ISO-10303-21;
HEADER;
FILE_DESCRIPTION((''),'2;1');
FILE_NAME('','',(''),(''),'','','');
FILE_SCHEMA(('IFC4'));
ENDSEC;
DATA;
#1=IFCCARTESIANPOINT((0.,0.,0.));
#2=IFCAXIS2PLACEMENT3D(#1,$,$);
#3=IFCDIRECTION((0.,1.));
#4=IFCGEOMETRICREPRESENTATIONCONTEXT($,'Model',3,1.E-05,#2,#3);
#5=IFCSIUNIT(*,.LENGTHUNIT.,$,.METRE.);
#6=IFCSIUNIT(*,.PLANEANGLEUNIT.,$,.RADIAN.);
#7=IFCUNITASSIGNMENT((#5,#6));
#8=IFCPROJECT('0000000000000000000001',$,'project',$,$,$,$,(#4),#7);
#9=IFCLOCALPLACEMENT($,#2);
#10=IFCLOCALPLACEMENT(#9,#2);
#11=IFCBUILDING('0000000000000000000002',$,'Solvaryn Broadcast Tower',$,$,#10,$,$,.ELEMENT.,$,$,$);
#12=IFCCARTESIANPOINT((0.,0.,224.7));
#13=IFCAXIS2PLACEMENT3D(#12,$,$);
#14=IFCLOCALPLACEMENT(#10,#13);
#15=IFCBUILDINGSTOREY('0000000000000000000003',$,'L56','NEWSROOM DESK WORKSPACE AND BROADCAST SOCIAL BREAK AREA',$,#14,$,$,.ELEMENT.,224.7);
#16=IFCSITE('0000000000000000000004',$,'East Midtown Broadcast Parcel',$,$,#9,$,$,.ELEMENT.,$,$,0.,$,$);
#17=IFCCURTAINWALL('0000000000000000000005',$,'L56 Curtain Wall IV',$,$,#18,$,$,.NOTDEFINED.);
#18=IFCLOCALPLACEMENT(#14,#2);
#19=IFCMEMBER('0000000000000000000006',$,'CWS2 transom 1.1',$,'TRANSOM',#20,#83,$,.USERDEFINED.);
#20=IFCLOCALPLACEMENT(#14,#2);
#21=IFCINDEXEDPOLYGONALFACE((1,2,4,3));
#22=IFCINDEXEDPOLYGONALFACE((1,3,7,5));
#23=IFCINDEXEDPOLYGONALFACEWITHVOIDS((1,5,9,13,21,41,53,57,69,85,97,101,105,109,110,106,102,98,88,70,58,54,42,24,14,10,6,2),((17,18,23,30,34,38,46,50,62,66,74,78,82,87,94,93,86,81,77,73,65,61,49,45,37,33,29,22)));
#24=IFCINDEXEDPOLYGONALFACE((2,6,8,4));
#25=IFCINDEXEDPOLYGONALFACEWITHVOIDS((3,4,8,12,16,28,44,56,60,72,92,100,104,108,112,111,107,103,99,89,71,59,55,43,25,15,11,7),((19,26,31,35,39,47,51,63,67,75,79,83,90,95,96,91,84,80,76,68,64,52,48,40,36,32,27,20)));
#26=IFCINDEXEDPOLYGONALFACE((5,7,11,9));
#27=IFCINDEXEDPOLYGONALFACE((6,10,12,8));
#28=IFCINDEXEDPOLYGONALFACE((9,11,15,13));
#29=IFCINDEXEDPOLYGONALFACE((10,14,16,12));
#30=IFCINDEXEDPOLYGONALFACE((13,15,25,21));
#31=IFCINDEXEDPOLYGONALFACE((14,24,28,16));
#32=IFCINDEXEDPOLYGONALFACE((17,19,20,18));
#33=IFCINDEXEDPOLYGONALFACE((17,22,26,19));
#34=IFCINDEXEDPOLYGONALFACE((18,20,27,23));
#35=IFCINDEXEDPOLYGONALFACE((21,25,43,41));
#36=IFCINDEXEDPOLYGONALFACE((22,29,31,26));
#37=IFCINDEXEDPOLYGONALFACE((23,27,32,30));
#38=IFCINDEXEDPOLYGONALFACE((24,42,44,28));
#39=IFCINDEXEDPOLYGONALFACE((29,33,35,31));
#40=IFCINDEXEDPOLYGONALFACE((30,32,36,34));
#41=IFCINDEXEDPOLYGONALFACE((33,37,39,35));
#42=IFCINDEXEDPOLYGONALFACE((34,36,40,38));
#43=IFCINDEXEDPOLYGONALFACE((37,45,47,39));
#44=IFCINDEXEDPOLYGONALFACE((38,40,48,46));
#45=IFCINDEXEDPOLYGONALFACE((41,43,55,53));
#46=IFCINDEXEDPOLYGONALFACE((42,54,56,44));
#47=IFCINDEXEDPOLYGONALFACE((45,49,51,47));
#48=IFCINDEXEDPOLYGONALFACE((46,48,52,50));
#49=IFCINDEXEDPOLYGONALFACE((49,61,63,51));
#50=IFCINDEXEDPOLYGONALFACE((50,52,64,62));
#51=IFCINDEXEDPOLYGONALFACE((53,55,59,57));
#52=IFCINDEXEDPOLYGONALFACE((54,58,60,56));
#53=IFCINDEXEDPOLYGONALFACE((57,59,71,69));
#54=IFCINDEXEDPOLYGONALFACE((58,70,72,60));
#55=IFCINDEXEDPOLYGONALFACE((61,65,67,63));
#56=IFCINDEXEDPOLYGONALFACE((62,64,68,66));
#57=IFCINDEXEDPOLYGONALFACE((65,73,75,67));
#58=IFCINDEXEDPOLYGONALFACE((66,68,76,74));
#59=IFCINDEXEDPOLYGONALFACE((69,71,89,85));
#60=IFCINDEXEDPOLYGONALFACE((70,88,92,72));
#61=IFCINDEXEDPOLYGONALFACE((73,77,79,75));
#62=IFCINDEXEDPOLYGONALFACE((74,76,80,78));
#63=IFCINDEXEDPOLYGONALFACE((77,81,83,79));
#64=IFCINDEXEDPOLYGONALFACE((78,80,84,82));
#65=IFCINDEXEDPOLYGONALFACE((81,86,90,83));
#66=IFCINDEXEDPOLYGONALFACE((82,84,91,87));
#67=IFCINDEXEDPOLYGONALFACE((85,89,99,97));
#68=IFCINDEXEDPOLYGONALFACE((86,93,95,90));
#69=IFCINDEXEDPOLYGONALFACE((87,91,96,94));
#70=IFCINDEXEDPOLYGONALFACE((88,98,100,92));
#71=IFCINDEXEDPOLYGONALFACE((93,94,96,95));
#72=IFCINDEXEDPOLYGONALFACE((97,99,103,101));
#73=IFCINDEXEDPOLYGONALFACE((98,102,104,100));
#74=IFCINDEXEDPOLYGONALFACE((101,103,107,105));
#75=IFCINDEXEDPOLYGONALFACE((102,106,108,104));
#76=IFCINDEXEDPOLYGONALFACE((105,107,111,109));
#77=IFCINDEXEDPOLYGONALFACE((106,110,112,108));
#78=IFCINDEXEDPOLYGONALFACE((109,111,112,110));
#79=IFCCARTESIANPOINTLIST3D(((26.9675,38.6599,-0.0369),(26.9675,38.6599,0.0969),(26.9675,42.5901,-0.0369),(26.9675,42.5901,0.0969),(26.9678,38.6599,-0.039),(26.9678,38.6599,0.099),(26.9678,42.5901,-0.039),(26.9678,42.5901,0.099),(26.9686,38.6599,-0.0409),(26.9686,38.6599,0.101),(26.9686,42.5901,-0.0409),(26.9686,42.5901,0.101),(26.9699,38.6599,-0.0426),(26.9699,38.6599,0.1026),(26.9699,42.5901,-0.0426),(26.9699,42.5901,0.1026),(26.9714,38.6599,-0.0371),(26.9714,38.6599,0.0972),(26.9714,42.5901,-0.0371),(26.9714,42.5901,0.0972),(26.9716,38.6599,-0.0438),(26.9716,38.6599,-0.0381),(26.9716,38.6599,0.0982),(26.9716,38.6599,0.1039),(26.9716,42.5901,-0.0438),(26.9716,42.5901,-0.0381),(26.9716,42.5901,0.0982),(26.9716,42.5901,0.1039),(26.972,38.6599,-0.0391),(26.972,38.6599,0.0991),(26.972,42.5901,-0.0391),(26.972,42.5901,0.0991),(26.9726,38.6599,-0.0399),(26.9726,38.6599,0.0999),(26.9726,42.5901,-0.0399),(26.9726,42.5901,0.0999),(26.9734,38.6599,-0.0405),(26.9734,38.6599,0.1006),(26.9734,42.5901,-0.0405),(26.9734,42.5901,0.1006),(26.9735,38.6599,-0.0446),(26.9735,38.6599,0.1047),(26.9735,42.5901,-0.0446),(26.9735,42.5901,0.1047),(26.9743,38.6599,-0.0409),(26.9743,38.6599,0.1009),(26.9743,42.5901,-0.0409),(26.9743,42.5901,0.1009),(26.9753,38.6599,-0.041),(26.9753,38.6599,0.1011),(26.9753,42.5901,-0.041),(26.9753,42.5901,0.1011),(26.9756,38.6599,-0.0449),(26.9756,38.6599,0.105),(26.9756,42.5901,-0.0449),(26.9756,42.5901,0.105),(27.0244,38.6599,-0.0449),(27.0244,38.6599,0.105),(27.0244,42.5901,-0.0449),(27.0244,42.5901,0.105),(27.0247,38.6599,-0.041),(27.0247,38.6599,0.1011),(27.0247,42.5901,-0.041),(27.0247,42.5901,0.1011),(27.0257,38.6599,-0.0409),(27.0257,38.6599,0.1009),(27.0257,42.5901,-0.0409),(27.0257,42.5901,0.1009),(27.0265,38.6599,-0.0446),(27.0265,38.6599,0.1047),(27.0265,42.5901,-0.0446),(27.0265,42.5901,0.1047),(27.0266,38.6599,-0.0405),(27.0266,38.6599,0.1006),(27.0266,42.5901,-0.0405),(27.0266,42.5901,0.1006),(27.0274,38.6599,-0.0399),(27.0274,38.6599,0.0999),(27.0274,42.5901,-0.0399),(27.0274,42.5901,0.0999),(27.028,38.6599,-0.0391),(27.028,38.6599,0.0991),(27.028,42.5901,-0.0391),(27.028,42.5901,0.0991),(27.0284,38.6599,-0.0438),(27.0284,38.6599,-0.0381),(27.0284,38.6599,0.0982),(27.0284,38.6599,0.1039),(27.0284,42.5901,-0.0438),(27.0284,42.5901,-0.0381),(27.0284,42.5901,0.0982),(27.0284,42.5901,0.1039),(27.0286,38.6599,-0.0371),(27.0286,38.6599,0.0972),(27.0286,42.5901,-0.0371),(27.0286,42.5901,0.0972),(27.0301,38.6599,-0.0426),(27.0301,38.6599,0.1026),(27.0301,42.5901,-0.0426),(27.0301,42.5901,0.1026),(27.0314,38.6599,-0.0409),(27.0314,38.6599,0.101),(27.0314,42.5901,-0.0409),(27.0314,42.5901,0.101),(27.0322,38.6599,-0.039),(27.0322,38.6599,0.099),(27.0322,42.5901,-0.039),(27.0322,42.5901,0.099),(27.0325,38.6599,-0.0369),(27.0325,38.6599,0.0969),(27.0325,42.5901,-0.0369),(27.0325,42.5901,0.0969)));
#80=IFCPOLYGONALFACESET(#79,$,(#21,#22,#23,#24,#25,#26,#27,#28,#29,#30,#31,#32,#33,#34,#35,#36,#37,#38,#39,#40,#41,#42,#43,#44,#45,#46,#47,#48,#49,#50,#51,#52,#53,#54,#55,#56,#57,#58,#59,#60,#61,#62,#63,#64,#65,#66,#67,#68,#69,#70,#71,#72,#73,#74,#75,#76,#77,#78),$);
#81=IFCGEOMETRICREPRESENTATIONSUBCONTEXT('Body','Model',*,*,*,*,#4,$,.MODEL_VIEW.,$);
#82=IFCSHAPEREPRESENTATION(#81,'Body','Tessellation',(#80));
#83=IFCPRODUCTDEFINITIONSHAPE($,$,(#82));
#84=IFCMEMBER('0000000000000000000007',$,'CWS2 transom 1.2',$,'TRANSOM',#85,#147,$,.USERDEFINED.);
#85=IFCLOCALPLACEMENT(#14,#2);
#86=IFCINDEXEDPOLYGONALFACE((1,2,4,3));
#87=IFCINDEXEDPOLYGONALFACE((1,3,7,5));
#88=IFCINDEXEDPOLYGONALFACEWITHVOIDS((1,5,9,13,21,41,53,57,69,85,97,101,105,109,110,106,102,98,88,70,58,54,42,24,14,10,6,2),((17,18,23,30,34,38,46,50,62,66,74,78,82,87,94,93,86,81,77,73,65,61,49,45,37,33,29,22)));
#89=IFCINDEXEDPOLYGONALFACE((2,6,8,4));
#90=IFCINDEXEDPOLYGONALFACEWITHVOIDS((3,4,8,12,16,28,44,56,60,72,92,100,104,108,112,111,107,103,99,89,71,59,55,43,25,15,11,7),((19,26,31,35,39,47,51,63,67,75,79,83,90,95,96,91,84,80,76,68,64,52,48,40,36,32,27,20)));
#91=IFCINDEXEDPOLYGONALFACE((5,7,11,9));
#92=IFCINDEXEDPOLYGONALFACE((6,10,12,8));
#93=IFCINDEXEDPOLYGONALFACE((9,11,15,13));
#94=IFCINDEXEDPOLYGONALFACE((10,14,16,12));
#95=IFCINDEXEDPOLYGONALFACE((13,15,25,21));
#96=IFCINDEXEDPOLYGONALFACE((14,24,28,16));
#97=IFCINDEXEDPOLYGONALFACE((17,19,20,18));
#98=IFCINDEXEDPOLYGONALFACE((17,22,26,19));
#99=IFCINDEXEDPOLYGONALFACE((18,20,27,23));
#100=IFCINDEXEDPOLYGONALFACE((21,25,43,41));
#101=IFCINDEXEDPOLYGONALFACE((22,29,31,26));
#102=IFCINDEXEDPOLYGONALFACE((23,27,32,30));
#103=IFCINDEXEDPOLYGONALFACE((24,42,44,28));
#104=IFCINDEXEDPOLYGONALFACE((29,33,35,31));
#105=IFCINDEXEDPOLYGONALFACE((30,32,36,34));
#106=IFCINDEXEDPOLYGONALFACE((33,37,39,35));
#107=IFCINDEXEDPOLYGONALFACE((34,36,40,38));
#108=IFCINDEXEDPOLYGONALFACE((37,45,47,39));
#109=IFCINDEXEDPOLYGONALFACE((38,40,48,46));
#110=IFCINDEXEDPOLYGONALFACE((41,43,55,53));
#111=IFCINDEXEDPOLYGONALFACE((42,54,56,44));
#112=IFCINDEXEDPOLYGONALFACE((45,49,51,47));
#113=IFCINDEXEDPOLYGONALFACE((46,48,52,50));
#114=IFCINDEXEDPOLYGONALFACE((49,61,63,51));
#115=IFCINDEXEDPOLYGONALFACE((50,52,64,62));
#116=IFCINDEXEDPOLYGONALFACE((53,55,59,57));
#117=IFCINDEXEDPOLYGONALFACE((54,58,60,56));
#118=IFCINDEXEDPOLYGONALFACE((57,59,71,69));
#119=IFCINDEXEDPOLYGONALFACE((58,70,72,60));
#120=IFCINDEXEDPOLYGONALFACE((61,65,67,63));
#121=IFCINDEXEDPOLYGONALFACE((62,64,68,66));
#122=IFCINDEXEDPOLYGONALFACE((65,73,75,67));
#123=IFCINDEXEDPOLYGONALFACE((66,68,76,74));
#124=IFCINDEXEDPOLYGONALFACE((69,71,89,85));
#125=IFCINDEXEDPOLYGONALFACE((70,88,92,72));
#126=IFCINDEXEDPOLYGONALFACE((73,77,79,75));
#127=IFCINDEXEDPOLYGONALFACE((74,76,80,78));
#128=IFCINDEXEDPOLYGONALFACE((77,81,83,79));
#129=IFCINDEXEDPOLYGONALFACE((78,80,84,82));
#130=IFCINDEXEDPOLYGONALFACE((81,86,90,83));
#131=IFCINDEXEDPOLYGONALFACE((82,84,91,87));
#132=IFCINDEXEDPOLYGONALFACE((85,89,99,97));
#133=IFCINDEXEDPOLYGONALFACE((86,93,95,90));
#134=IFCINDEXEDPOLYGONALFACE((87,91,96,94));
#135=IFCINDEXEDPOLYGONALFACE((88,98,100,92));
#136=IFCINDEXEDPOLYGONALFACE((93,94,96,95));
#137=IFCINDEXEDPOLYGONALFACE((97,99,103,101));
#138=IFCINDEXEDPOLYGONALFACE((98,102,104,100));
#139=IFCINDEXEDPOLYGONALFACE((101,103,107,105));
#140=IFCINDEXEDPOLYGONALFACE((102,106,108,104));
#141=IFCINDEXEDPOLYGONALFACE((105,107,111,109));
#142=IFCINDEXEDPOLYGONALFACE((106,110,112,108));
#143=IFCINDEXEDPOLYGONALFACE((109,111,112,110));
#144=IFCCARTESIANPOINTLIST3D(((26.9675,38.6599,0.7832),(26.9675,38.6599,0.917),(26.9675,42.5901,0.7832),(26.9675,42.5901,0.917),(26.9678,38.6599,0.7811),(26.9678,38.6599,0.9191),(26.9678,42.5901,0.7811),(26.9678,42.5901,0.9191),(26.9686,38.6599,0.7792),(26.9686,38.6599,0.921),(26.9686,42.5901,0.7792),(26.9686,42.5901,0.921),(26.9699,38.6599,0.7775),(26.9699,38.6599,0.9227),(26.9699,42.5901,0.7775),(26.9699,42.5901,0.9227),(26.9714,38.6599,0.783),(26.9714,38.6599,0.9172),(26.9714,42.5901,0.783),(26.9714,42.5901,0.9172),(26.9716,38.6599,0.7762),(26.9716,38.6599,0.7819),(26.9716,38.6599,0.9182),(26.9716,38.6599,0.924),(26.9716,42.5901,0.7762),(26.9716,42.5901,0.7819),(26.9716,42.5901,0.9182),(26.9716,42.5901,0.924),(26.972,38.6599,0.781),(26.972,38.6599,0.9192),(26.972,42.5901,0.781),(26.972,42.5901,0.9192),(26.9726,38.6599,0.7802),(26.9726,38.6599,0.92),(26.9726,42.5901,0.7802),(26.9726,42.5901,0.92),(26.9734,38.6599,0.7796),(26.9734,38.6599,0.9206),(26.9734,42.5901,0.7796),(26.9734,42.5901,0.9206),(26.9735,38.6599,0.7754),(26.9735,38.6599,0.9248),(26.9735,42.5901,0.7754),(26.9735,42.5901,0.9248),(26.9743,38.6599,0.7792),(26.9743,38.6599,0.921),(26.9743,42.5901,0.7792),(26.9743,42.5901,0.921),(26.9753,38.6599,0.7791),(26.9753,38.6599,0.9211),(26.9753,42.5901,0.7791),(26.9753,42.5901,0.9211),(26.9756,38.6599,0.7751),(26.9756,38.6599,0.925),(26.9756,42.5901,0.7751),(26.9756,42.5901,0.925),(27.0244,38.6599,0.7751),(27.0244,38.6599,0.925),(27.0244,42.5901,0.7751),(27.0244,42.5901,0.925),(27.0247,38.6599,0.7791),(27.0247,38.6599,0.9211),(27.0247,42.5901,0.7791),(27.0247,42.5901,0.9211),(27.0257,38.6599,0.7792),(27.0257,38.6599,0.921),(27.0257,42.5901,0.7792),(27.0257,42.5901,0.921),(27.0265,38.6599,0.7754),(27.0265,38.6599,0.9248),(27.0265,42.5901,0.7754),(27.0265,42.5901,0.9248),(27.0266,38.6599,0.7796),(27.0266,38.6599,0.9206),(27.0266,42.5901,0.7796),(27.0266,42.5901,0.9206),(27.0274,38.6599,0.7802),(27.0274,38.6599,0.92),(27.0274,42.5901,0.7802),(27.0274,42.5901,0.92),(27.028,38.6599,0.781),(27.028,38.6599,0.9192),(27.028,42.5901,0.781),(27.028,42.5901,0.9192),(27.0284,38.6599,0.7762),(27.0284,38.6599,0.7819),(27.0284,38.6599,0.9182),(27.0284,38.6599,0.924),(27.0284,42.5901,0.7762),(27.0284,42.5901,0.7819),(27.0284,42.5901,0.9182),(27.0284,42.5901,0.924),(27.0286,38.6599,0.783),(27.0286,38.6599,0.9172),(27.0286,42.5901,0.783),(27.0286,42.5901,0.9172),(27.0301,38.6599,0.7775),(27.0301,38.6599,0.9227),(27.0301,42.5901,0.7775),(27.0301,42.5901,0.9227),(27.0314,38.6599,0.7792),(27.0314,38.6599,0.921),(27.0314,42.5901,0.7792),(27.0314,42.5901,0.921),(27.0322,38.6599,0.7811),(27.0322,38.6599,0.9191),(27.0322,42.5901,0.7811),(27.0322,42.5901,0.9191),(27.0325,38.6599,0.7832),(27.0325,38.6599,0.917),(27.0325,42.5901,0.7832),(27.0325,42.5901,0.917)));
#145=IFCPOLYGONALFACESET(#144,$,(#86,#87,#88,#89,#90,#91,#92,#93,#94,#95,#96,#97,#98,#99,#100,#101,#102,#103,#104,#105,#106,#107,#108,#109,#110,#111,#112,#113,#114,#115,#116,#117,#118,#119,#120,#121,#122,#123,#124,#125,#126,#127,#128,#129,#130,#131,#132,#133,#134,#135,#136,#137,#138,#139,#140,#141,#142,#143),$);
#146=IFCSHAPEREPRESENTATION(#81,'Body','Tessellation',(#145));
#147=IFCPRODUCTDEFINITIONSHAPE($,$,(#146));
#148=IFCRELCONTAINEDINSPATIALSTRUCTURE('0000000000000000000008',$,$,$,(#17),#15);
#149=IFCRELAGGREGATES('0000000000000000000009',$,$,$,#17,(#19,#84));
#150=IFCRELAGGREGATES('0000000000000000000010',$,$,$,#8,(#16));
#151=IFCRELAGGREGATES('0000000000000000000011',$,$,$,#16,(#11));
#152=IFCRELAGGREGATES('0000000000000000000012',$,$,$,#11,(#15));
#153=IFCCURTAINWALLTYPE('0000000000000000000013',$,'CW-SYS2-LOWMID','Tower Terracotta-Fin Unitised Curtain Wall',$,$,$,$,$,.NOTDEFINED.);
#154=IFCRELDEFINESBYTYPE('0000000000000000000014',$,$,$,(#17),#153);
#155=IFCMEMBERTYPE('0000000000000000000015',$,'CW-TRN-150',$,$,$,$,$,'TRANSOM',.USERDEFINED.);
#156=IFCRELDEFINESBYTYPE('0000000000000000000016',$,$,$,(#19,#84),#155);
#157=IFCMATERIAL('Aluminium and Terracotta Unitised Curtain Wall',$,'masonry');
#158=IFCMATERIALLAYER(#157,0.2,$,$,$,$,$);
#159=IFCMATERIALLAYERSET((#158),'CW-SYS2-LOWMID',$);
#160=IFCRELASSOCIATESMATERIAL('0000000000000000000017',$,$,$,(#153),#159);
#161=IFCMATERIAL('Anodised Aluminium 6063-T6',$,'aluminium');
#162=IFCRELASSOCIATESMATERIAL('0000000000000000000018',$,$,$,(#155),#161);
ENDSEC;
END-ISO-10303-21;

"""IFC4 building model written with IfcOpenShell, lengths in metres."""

from ifc_helpers import new_model, si_unit, direction, frame, origin, origin_2d, place, context, subcontext, project, spatial, hollow_rectangle, extrude, material, layer, layer_set, material_profile, profile_set, type_object, element, aggregate, save


model = new_model("IFC4")

# Units and contexts
model_context = context("Model", 3, precision=1e-05, world=origin(), true_north=direction((0.0, 1.0)))
body_context = subcontext(model_context, "Body", "Model", "MODEL_VIEW")
ifc_project = project(units=[si_unit("LENGTHUNIT", "METRE"), si_unit("PLANEANGLEUNIT", "RADIAN")], contexts=[model_context])

# Site, building, storey
site_placement = place(None, origin())
site = spatial("IfcSite", under=ifc_project, at=site_placement, Name="East Midtown Broadcast Parcel", CompositionType="ELEMENT", RefElevation=0.0)
building_placement = place(site_placement, origin())
building = spatial("IfcBuilding", under=site, at=building_placement, Name="Solvaryn Broadcast Tower", CompositionType="ELEMENT")
storey_placement = place(building_placement, frame((0.0, 0.0, 224.7)))
storey = spatial("IfcBuildingStorey", under=building, at=storey_placement, Name="L56", Description="NEWSROOM DESK WORKSPACE AND BROADCAST SOCIAL BREAK AREA", CompositionType="ELEMENT", Elevation=224.7)

# Curtain wall
ifc_material_1 = material(Name="Aluminium and Terracotta Unitised Curtain Wall", Category="masonry")
ifc_layer_1 = layer(ifc_material_1, 0.2)
ifc_layer_set_1 = layer_set([ifc_layer_1], Name="CW-SYS2-LOWMID")
curtain_wall_type = type_object("IfcCurtainWallType", Name="CW-SYS2-LOWMID", Description="Tower Terracotta-Fin Unitised Curtain Wall", PredefinedType="NOTDEFINED", material=ifc_layer_set_1)
curtain_wall_1_placement = place(storey_placement, origin())
curtain_wall_1 = element("IfcCurtainWall", 1, at=curtain_wall_1_placement, inside=storey, type_object=curtain_wall_type, Name="L56 Curtain Wall IV", PredefinedType="NOTDEFINED")

# Members
ifc_material_2 = material(Name="Anodised Aluminium 6063-T6", Category="aluminium")
ifc_material_profile_1 = material_profile(ifc_material_2, hollow_rectangle(XDim=0.0649, YDim=0.1499, WallThickness=0.0039, InnerFilletRadius=0.0039, OuterFilletRadius=0.0081, at=origin_2d()))
ifc_profile_set_1 = profile_set([ifc_material_profile_1], Name="Anodised Aluminium 6063-T6")
member_type_1 = type_object("IfcMemberType", Name="CW-TRN-150", ElementType="TRANSOM", PredefinedType="USERDEFINED", material=ifc_profile_set_1)
member_1_placement = place(storey_placement, frame((27.0, 42.5901, 0.03), z_axis=(0.0, -1.0, 0.0), x_axis=(1.0, 0.0, 0.0)))
member_1 = element("IfcMember", 2, at=member_1_placement, type_object=member_type_1, Name="CWS2 transom 1.1", ObjectType="TRANSOM", PredefinedType="USERDEFINED", context=body_context, shape_type="SweptSolid", body=[
    extrude(hollow_rectangle(XDim=0.0649, YDim=0.1499, WallThickness=0.0039, InnerFilletRadius=0.0039, OuterFilletRadius=0.0081, at=origin_2d()), origin(), (0.0, 0.0, 1.0), 3.9302),
])
member_2_placement = place(storey_placement, frame((27.0, 42.5901, 0.8501), z_axis=(0.0, -1.0, 0.0), x_axis=(1.0, 0.0, 0.0)))
member_2 = element("IfcMember", 3, at=member_2_placement, type_object=member_type_1, Name="CWS2 transom 1.2", ObjectType="TRANSOM", PredefinedType="USERDEFINED", context=body_context, shape_type="SweptSolid", body=[
    extrude(hollow_rectangle(XDim=0.0649, YDim=0.1499, WallThickness=0.0039, InnerFilletRadius=0.0039, OuterFilletRadius=0.0081, at=origin_2d()), origin(), (0.0, 0.0, 1.0), 3.9302),
])

aggregate(curtain_wall_1, [member_1, member_2])

save(model, "model.ifc")
